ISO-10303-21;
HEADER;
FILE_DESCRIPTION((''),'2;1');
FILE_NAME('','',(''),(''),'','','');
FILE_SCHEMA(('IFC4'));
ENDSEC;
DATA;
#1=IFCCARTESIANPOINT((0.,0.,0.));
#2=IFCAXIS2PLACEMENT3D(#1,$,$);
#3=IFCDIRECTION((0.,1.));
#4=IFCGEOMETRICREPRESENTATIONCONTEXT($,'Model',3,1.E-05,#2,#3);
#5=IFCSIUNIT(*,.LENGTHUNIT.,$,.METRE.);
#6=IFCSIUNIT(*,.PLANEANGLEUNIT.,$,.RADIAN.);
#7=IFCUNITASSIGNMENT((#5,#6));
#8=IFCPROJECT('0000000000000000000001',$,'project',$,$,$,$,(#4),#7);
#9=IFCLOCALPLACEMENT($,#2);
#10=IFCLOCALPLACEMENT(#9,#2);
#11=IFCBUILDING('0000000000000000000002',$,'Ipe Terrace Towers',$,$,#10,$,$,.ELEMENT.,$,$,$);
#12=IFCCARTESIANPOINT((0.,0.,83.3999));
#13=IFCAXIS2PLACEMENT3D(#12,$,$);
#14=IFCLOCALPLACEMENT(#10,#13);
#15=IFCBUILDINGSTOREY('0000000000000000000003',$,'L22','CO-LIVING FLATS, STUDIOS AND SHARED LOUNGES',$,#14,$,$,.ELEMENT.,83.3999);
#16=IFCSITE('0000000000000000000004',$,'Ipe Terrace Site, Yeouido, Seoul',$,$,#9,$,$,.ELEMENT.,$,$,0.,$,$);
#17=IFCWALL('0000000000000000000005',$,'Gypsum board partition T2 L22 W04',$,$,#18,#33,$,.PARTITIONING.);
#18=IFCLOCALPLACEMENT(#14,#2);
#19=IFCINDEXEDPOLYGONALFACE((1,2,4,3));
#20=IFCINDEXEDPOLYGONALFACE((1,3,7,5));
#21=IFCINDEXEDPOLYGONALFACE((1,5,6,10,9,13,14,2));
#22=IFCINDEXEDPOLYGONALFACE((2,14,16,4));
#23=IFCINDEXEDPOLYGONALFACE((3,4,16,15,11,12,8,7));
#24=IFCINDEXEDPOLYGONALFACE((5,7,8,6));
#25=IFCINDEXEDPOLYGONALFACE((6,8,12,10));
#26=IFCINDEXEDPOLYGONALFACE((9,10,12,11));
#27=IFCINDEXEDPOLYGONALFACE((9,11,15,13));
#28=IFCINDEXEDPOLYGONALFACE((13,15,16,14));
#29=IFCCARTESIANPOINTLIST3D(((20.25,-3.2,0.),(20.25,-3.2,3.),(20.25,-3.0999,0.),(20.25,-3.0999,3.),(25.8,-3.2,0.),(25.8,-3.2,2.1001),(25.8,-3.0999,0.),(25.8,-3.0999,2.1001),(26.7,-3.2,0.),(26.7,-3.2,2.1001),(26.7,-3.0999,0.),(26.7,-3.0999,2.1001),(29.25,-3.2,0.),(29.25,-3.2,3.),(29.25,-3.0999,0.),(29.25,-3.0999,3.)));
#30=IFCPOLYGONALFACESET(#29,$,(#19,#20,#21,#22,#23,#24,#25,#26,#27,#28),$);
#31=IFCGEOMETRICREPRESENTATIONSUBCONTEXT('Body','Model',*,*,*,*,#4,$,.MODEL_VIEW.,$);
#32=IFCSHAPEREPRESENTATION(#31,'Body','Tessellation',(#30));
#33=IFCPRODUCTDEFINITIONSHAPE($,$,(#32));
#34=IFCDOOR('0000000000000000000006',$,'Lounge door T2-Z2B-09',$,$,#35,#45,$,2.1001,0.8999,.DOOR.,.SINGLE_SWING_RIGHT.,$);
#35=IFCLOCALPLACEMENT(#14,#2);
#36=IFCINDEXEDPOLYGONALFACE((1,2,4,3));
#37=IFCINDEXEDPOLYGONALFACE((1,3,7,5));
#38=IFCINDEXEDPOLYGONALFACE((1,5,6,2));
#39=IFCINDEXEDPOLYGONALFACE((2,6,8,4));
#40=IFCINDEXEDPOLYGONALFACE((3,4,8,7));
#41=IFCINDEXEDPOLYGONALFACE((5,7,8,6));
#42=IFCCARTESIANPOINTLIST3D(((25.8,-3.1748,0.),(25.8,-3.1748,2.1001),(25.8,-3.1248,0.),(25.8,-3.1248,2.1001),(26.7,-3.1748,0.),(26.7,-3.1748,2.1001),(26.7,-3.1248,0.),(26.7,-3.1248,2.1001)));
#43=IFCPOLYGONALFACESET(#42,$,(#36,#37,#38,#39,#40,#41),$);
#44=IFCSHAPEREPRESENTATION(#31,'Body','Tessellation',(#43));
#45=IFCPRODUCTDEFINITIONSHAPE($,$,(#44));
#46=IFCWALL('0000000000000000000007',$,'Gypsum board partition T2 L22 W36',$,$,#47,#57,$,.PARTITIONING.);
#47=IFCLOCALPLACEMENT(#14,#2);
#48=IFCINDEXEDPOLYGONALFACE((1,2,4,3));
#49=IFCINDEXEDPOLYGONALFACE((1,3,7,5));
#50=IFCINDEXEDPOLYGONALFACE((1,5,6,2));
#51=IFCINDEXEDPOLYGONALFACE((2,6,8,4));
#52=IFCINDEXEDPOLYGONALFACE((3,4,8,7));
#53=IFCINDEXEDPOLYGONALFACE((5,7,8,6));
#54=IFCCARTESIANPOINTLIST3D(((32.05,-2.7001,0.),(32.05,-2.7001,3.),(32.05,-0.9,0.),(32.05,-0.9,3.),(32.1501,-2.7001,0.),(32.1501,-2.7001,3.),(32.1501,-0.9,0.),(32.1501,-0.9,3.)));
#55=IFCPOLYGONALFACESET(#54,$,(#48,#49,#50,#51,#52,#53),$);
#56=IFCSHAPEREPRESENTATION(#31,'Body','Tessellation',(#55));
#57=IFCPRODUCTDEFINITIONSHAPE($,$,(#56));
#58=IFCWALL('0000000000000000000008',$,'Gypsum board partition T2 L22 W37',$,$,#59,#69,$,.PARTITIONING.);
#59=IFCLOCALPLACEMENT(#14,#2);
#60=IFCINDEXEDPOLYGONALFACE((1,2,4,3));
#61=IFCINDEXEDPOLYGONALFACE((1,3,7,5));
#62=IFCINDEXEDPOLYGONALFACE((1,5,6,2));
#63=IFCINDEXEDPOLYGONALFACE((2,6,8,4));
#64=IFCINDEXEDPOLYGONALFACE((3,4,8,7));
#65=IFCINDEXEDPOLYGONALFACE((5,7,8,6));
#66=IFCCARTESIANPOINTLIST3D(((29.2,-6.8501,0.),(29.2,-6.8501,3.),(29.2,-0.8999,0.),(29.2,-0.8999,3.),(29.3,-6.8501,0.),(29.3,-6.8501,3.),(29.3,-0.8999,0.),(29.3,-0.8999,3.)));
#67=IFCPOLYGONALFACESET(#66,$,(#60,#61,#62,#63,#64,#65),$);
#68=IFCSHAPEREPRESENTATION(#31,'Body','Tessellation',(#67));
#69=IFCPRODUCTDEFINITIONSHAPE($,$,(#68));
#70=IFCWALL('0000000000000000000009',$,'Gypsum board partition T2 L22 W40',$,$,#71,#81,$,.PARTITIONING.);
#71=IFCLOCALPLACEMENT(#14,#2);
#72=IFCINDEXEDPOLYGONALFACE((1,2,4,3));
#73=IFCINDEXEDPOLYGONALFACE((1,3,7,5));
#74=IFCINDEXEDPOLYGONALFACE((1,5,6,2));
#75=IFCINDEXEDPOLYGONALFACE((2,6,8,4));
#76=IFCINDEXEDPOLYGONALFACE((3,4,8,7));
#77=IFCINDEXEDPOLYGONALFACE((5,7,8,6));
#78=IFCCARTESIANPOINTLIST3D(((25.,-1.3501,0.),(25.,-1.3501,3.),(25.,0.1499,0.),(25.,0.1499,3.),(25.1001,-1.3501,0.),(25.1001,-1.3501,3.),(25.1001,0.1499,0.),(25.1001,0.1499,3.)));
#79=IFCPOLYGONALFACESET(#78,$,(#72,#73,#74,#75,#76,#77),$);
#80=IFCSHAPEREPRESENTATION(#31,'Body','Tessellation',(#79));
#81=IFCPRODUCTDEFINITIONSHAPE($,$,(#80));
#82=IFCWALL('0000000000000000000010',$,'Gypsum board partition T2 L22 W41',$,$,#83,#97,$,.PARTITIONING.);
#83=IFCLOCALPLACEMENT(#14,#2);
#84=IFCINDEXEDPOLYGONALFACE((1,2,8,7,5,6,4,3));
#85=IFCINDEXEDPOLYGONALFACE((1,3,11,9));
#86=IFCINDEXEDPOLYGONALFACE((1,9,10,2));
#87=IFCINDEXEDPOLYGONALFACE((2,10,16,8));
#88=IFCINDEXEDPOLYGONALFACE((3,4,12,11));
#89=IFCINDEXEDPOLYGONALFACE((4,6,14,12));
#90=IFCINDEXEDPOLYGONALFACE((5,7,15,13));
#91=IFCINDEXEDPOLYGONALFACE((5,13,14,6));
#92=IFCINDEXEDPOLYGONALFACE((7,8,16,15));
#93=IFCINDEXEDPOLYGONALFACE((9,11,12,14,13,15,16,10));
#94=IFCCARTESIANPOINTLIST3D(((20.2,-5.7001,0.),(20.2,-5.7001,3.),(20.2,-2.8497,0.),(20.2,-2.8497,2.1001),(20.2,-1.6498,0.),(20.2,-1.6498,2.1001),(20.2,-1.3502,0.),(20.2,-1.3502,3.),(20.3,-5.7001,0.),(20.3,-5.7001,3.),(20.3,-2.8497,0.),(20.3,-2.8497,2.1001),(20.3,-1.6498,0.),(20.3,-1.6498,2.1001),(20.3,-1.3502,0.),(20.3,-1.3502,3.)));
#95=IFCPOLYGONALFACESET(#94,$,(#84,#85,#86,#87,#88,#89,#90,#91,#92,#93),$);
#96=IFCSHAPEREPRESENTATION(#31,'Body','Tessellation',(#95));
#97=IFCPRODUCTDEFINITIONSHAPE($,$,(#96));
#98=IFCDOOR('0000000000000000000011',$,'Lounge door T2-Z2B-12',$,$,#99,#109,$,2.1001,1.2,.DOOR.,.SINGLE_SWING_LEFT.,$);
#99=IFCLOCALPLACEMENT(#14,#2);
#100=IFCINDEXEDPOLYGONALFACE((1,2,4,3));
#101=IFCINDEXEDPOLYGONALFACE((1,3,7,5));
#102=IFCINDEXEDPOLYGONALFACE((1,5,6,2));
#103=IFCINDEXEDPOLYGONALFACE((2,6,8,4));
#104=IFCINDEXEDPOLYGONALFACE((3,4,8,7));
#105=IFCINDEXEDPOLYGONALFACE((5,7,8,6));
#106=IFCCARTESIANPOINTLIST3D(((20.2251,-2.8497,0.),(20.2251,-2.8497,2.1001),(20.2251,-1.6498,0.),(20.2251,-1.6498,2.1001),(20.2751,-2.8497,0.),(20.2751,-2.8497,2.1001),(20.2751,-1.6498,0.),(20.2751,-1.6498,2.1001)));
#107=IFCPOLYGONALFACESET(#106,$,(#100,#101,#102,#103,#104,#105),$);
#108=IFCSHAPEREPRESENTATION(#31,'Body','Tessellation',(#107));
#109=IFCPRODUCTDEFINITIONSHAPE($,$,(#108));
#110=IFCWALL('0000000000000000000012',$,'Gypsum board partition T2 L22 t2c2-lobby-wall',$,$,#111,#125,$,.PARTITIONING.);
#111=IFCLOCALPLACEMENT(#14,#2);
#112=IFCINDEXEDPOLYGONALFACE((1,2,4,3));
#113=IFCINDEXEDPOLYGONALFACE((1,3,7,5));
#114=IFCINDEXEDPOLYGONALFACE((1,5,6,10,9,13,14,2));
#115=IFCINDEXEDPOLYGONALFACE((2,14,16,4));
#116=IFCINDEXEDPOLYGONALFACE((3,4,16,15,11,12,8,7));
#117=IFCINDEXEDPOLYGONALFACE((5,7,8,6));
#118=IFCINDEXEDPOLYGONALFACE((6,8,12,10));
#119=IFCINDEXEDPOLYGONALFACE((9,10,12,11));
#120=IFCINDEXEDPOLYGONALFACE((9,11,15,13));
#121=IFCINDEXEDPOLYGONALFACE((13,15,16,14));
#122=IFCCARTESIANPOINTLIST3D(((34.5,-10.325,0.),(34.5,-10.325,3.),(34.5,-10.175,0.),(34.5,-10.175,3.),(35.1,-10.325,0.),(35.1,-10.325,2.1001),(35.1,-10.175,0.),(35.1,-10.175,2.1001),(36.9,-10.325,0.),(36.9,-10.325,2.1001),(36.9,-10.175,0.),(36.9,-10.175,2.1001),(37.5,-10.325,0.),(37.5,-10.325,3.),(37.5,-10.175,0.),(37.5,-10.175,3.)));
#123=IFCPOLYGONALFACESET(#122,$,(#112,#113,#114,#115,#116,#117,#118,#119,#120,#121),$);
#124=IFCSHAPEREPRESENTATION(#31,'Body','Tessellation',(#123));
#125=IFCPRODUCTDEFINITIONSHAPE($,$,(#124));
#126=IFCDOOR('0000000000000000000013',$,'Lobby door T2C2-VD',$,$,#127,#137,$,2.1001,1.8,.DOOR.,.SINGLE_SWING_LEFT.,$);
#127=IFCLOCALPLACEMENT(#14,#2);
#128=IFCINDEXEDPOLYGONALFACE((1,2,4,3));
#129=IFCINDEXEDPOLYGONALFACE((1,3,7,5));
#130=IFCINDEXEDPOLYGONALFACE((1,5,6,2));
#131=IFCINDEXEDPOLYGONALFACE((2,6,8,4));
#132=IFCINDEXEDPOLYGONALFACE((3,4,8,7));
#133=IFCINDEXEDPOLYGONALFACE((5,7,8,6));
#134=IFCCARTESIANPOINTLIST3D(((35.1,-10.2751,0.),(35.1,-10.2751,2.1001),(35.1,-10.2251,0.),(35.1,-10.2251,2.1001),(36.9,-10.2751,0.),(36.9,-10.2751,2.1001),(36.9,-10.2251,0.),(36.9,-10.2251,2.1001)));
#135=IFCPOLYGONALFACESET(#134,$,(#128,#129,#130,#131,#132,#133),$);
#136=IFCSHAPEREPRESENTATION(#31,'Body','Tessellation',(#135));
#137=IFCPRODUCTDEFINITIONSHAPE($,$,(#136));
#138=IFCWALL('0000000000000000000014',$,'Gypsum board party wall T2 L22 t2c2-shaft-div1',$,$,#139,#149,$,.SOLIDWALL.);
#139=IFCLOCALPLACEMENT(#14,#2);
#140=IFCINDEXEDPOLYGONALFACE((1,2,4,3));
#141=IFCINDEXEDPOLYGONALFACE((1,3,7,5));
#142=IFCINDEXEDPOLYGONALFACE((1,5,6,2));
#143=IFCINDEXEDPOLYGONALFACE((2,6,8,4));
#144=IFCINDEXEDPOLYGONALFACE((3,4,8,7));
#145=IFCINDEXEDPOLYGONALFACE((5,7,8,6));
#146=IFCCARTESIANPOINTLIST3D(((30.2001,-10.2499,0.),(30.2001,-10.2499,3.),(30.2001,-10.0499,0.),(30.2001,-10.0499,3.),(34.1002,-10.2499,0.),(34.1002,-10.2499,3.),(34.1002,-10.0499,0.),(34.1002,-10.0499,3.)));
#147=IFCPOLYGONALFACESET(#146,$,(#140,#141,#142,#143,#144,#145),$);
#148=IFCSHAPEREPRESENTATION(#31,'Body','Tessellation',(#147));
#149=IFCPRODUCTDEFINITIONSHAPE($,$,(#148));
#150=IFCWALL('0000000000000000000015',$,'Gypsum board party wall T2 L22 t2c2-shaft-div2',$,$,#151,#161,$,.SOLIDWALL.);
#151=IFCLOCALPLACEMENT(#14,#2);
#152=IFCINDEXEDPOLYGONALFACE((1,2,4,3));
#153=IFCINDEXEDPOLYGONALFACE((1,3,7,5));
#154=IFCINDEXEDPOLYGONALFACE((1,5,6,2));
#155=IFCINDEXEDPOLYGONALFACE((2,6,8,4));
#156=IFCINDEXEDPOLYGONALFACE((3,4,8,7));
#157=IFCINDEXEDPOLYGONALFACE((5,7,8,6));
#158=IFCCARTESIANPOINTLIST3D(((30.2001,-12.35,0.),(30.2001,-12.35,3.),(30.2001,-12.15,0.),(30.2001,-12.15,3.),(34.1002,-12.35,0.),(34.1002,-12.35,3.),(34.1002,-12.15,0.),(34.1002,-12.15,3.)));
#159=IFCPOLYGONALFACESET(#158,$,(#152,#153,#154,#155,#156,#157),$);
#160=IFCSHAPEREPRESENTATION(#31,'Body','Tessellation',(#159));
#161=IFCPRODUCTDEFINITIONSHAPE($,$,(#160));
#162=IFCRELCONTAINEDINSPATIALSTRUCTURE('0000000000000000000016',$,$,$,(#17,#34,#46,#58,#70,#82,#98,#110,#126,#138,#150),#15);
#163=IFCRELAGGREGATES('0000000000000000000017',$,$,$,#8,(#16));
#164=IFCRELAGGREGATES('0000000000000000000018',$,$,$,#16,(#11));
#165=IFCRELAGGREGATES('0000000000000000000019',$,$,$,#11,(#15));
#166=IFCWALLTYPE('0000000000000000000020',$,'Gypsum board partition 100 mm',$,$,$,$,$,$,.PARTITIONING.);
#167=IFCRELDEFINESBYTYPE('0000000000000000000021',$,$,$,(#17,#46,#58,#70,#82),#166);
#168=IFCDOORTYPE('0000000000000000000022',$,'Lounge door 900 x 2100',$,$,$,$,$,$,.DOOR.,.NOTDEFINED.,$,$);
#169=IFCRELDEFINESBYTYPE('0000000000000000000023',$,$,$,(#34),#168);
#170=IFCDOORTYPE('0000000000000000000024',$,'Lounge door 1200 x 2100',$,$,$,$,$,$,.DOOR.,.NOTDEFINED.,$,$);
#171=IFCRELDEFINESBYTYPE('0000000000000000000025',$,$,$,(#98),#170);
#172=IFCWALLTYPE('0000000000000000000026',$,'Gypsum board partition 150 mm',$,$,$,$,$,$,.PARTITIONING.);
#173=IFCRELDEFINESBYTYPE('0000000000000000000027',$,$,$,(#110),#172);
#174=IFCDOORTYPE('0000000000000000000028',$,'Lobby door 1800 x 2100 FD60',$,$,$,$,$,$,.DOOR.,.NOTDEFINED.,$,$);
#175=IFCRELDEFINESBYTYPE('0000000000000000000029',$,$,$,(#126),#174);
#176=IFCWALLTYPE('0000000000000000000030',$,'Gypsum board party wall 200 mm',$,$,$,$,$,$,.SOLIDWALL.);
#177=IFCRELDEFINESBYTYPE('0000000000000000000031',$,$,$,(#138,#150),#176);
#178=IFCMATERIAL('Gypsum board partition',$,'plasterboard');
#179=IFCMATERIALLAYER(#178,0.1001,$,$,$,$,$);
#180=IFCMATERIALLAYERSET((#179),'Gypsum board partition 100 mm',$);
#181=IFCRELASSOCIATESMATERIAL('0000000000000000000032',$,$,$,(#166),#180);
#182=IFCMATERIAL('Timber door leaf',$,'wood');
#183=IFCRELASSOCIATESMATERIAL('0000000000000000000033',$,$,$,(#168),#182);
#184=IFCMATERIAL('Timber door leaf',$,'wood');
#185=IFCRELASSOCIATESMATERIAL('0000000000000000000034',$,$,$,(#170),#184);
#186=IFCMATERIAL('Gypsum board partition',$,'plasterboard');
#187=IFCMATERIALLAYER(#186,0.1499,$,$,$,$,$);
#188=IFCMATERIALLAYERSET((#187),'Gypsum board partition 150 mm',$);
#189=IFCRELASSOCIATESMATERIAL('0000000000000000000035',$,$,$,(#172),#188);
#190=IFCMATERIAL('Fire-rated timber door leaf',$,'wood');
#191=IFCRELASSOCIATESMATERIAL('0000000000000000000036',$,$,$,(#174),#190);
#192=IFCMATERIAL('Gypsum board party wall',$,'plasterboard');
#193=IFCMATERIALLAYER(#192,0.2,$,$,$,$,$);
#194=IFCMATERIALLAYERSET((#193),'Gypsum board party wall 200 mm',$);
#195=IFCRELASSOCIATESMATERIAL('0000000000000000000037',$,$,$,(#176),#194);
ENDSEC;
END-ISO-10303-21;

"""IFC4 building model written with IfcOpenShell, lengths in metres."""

from ifc_helpers import new_model, si_unit, direction, frame, frame_2d, origin, place, context, subcontext, project, spatial, rectangle, extrude, material, layer, layer_set, type_object, element, fill, save


model = new_model("IFC4")

# Units and contexts
model_context = context("Model", 3, precision=1e-05, world=origin(), true_north=direction((0.0, 1.0)))
body_context = subcontext(model_context, "Body", "Model", "MODEL_VIEW")
ifc_project = project(units=[si_unit("LENGTHUNIT", "METRE"), si_unit("PLANEANGLEUNIT", "RADIAN")], contexts=[model_context])

# Site, building, storey
site_placement = place(None, origin())
site = spatial("IfcSite", under=ifc_project, at=site_placement, Name="Ipe Terrace Site, Yeouido, Seoul", CompositionType="ELEMENT", RefElevation=0.0)
building_placement = place(site_placement, origin())
building = spatial("IfcBuilding", under=site, at=building_placement, Name="Ipe Terrace Towers", CompositionType="ELEMENT")
storey_placement = place(building_placement, frame((0.0, 0.0, 83.3999)))
storey = spatial("IfcBuildingStorey", under=building, at=storey_placement, Name="L22", Description="CO-LIVING FLATS, STUDIOS AND SHARED LOUNGES", CompositionType="ELEMENT", Elevation=83.3999)

# Shared definitions
ifc_material_1 = material(Name="Gypsum board partition", Category="plasterboard")
ifc_layer_1 = layer(ifc_material_1, 0.1001)
ifc_layer_set_1 = layer_set([ifc_layer_1], Name="Gypsum board partition 100 mm")
wall_type_1 = type_object("IfcWallType", Name="Gypsum board partition 100 mm", PredefinedType="PARTITIONING", material=ifc_layer_set_1)

# Wall, opening, door
wall_1_placement = place(storey_placement, frame((29.25, -3.1499, 0.0), z_axis=(0.0, 0.0, 1.0), x_axis=(-1.0, 0.0, 0.0)))
wall_1 = element("IfcWall", 1, at=wall_1_placement, inside=storey, type_object=wall_type_1, Name="Gypsum board partition T2 L22 W04", PredefinedType="PARTITIONING", context=body_context, shape_type="SweptSolid", body=[
    extrude(rectangle(XDim=9.0, YDim=0.1001, at=frame_2d((4.5, 0.0))), origin(), (0.0, 0.0, 1.0), 3.0),
])
opening_1_placement = place(wall_1_placement, frame((2.55, 0.0, 0.0)))
opening_1 = element("IfcOpeningElement", 2, at=opening_1_placement, cuts=wall_1, PredefinedType="OPENING", context=body_context, shape_type="SweptSolid", body=[
    extrude(rectangle(XDim=0.8999, YDim=2.1001, at=frame_2d((0.45, 1.05))), frame((0.0, 0.0601, 0.0), z_axis=(0.0, -1.0, 0.0), x_axis=(1.0, 0.0, 0.0)), (0.0, 0.0, 1.0), 0.1201),
])
ifc_material_2 = material(Name="Timber door leaf", Category="wood")
door_type_1 = type_object("IfcDoorType", Name="Lounge door 900 x 2100", OperationType="NOTDEFINED", PredefinedType="DOOR", material=ifc_material_2)
door_1_placement = place(opening_1_placement, origin())
door_1 = element("IfcDoor", 3, at=door_1_placement, inside=storey, type_object=door_type_1, Name="Lounge door T2-Z2B-09", OperationType="SINGLE_SWING_RIGHT", OverallHeight=2.1001, OverallWidth=0.8999, PredefinedType="DOOR", context=body_context, shape_type="SweptSolid", body=[
    extrude(rectangle(XDim=0.8999, YDim=2.1001, at=frame_2d((0.45, 1.05))), frame((0.0, 0.0249, 0.0), z_axis=(0.0, -1.0, 0.0), x_axis=(1.0, 0.0, 0.0)), (0.0, 0.0, 1.0), 0.05),
])
fill(opening_1, door_1)

# Walls
wall_2_placement = place(storey_placement, frame((32.1001, -2.7, 0.0), z_axis=(0.0, 0.0, 1.0), x_axis=(0.0, 1.0, 0.0)))
element("IfcWall", 4, at=wall_2_placement, inside=storey, type_object=wall_type_1, Name="Gypsum board partition T2 L22 W36", PredefinedType="PARTITIONING", context=body_context, shape_type="SweptSolid", body=[
    extrude(rectangle(XDim=1.8, YDim=0.1001, at=frame_2d((0.8999, 0.0))), origin(), (0.0, 0.0, 1.0), 3.0),
])
wall_3_placement = place(storey_placement, frame((29.25, -6.8501, 0.0), z_axis=(0.0, 0.0, 1.0), x_axis=(0.0, 1.0, 0.0)))
element("IfcWall", 5, at=wall_3_placement, inside=storey, type_object=wall_type_1, Name="Gypsum board partition T2 L22 W37", PredefinedType="PARTITIONING", context=body_context, shape_type="SweptSolid", body=[
    extrude(rectangle(XDim=5.9502, YDim=0.1001, at=frame_2d((2.9751, 0.0))), origin(), (0.0, 0.0, 1.0), 3.0),
])
wall_4_placement = place(storey_placement, frame((25.05, -1.3501, 0.0), z_axis=(0.0, 0.0, 1.0), x_axis=(0.0, 1.0, 0.0)))
element("IfcWall", 6, at=wall_4_placement, inside=storey, type_object=wall_type_1, Name="Gypsum board partition T2 L22 W40", PredefinedType="PARTITIONING", context=body_context, shape_type="SweptSolid", body=[
    extrude(rectangle(XDim=1.5, YDim=0.1001, at=frame_2d((0.75, 0.0))), origin(), (0.0, 0.0, 1.0), 3.0),
])

# Walls, openings, doors
wall_5_placement = place(storey_placement, frame((20.25, -5.7, 0.0), z_axis=(0.0, 0.0, 1.0), x_axis=(0.0, 1.0, 0.0)))
wall_5 = element("IfcWall", 7, at=wall_5_placement, inside=storey, type_object=wall_type_1, Name="Gypsum board partition T2 L22 W41", PredefinedType="PARTITIONING", context=body_context, shape_type="SweptSolid", body=[
    extrude(rectangle(XDim=4.3499, YDim=0.1001, at=frame_2d((2.1748, 0.0))), origin(), (0.0, 0.0, 1.0), 3.0),
])
opening_2_placement = place(wall_5_placement, frame((2.8501, 0.0, 0.0)))
opening_2 = element("IfcOpeningElement", 8, at=opening_2_placement, cuts=wall_5, PredefinedType="OPENING", context=body_context, shape_type="SweptSolid", body=[
    extrude(rectangle(XDim=1.2, YDim=2.1001, at=frame_2d((0.6001, 1.05))), frame((0.0, 0.0601, 0.0), z_axis=(0.0, -1.0, 0.0), x_axis=(1.0, 0.0, 0.0)), (0.0, 0.0, 1.0), 0.1201),
])
ifc_material_3 = material(Name="Timber door leaf", Category="wood")
door_type_2 = type_object("IfcDoorType", Name="Lounge door 1200 x 2100", OperationType="NOTDEFINED", PredefinedType="DOOR", material=ifc_material_3)
door_2_placement = place(opening_2_placement, origin())
door_2 = element("IfcDoor", 9, at=door_2_placement, inside=storey, type_object=door_type_2, Name="Lounge door T2-Z2B-12", OperationType="SINGLE_SWING_LEFT", OverallHeight=2.1001, OverallWidth=1.2, PredefinedType="DOOR", context=body_context, shape_type="SweptSolid", body=[
    extrude(rectangle(XDim=1.2, YDim=2.1001, at=frame_2d((0.6001, 1.05))), frame((0.0, 0.0249, 0.0), z_axis=(0.0, -1.0, 0.0), x_axis=(1.0, 0.0, 0.0)), (0.0, 0.0, 1.0), 0.05),
])
fill(opening_2, door_2)
ifc_material_4 = material(Name="Gypsum board partition", Category="plasterboard")
ifc_layer_2 = layer(ifc_material_4, 0.1499)
ifc_layer_set_2 = layer_set([ifc_layer_2], Name="Gypsum board partition 150 mm")
wall_type_2 = type_object("IfcWallType", Name="Gypsum board partition 150 mm", PredefinedType="PARTITIONING", material=ifc_layer_set_2)
wall_6_placement = place(storey_placement, frame((34.5, -10.25, 0.0), z_axis=(0.0, 0.0, 1.0), x_axis=(1.0, 0.0, 0.0)))
wall_6 = element("IfcWall", 10, at=wall_6_placement, inside=storey, type_object=wall_type_2, Name="Gypsum board partition T2 L22 t2c2-lobby-wall", PredefinedType="PARTITIONING", context=body_context, shape_type="SweptSolid", body=[
    extrude(rectangle(XDim=3.0, YDim=0.1499, at=frame_2d((1.5, 0.0))), origin(), (0.0, 0.0, 1.0), 3.0),
])
opening_3_placement = place(wall_6_placement, frame((0.6001, 0.0, 0.0)))
opening_3 = element("IfcOpeningElement", 11, at=opening_3_placement, cuts=wall_6, PredefinedType="OPENING", context=body_context, shape_type="SweptSolid", body=[
    extrude(rectangle(XDim=1.8, YDim=2.1001, at=frame_2d((0.8999, 1.05))), frame((0.0, 0.085, 0.0), z_axis=(0.0, -1.0, 0.0), x_axis=(1.0, 0.0, 0.0)), (0.0, 0.0, 1.0), 0.1699),
])
ifc_material_5 = material(Name="Fire-rated timber door leaf", Category="wood")
door_type_3 = type_object("IfcDoorType", Name="Lobby door 1800 x 2100 FD60", OperationType="NOTDEFINED", PredefinedType="DOOR", material=ifc_material_5)
door_3_placement = place(opening_3_placement, origin())
door_3 = element("IfcDoor", 12, at=door_3_placement, inside=storey, type_object=door_type_3, Name="Lobby door T2C2-VD", OperationType="SINGLE_SWING_LEFT", OverallHeight=2.1001, OverallWidth=1.8, PredefinedType="DOOR", context=body_context, shape_type="SweptSolid", body=[
    extrude(rectangle(XDim=1.8, YDim=2.1001, at=frame_2d((0.8999, 1.05))), frame((0.0, 0.0249, 0.0), z_axis=(0.0, -1.0, 0.0), x_axis=(1.0, 0.0, 0.0)), (0.0, 0.0, 1.0), 0.05),
])
fill(opening_3, door_3)

# Walls
ifc_material_6 = material(Name="Gypsum board party wall", Category="plasterboard")
ifc_layer_3 = layer(ifc_material_6, 0.2)
ifc_layer_set_3 = layer_set([ifc_layer_3], Name="Gypsum board party wall 200 mm")
wall_type_3 = type_object("IfcWallType", Name="Gypsum board party wall 200 mm", PredefinedType="SOLIDWALL", material=ifc_layer_set_3)
for number, where, z_axis, x_axis, name in (
    (13, (30.2, -10.1499, 0.0), (0.0, 0.0, 1.0), (1.0, 0.0, 0.0), "Gypsum board party wall T2 L22 t2c2-shaft-div1"),
    (14, (30.2, -12.25, 0.0), (0.0, 0.0, 1.0), (1.0, 0.0, 0.0), "Gypsum board party wall T2 L22 t2c2-shaft-div2"),
):
    element("IfcWall", number, at=place(storey_placement, frame(where, z_axis=z_axis, x_axis=x_axis)), inside=storey, type_object=wall_type_3, Name=name, PredefinedType="SOLIDWALL", context=body_context, shape_type="SweptSolid", body=[
        extrude(rectangle(XDim=3.9001, YDim=0.2, at=frame_2d((1.9502, 0.0))), origin(), (0.0, 0.0, 1.0), 3.0),
    ])

save(model, "model.ifc")
